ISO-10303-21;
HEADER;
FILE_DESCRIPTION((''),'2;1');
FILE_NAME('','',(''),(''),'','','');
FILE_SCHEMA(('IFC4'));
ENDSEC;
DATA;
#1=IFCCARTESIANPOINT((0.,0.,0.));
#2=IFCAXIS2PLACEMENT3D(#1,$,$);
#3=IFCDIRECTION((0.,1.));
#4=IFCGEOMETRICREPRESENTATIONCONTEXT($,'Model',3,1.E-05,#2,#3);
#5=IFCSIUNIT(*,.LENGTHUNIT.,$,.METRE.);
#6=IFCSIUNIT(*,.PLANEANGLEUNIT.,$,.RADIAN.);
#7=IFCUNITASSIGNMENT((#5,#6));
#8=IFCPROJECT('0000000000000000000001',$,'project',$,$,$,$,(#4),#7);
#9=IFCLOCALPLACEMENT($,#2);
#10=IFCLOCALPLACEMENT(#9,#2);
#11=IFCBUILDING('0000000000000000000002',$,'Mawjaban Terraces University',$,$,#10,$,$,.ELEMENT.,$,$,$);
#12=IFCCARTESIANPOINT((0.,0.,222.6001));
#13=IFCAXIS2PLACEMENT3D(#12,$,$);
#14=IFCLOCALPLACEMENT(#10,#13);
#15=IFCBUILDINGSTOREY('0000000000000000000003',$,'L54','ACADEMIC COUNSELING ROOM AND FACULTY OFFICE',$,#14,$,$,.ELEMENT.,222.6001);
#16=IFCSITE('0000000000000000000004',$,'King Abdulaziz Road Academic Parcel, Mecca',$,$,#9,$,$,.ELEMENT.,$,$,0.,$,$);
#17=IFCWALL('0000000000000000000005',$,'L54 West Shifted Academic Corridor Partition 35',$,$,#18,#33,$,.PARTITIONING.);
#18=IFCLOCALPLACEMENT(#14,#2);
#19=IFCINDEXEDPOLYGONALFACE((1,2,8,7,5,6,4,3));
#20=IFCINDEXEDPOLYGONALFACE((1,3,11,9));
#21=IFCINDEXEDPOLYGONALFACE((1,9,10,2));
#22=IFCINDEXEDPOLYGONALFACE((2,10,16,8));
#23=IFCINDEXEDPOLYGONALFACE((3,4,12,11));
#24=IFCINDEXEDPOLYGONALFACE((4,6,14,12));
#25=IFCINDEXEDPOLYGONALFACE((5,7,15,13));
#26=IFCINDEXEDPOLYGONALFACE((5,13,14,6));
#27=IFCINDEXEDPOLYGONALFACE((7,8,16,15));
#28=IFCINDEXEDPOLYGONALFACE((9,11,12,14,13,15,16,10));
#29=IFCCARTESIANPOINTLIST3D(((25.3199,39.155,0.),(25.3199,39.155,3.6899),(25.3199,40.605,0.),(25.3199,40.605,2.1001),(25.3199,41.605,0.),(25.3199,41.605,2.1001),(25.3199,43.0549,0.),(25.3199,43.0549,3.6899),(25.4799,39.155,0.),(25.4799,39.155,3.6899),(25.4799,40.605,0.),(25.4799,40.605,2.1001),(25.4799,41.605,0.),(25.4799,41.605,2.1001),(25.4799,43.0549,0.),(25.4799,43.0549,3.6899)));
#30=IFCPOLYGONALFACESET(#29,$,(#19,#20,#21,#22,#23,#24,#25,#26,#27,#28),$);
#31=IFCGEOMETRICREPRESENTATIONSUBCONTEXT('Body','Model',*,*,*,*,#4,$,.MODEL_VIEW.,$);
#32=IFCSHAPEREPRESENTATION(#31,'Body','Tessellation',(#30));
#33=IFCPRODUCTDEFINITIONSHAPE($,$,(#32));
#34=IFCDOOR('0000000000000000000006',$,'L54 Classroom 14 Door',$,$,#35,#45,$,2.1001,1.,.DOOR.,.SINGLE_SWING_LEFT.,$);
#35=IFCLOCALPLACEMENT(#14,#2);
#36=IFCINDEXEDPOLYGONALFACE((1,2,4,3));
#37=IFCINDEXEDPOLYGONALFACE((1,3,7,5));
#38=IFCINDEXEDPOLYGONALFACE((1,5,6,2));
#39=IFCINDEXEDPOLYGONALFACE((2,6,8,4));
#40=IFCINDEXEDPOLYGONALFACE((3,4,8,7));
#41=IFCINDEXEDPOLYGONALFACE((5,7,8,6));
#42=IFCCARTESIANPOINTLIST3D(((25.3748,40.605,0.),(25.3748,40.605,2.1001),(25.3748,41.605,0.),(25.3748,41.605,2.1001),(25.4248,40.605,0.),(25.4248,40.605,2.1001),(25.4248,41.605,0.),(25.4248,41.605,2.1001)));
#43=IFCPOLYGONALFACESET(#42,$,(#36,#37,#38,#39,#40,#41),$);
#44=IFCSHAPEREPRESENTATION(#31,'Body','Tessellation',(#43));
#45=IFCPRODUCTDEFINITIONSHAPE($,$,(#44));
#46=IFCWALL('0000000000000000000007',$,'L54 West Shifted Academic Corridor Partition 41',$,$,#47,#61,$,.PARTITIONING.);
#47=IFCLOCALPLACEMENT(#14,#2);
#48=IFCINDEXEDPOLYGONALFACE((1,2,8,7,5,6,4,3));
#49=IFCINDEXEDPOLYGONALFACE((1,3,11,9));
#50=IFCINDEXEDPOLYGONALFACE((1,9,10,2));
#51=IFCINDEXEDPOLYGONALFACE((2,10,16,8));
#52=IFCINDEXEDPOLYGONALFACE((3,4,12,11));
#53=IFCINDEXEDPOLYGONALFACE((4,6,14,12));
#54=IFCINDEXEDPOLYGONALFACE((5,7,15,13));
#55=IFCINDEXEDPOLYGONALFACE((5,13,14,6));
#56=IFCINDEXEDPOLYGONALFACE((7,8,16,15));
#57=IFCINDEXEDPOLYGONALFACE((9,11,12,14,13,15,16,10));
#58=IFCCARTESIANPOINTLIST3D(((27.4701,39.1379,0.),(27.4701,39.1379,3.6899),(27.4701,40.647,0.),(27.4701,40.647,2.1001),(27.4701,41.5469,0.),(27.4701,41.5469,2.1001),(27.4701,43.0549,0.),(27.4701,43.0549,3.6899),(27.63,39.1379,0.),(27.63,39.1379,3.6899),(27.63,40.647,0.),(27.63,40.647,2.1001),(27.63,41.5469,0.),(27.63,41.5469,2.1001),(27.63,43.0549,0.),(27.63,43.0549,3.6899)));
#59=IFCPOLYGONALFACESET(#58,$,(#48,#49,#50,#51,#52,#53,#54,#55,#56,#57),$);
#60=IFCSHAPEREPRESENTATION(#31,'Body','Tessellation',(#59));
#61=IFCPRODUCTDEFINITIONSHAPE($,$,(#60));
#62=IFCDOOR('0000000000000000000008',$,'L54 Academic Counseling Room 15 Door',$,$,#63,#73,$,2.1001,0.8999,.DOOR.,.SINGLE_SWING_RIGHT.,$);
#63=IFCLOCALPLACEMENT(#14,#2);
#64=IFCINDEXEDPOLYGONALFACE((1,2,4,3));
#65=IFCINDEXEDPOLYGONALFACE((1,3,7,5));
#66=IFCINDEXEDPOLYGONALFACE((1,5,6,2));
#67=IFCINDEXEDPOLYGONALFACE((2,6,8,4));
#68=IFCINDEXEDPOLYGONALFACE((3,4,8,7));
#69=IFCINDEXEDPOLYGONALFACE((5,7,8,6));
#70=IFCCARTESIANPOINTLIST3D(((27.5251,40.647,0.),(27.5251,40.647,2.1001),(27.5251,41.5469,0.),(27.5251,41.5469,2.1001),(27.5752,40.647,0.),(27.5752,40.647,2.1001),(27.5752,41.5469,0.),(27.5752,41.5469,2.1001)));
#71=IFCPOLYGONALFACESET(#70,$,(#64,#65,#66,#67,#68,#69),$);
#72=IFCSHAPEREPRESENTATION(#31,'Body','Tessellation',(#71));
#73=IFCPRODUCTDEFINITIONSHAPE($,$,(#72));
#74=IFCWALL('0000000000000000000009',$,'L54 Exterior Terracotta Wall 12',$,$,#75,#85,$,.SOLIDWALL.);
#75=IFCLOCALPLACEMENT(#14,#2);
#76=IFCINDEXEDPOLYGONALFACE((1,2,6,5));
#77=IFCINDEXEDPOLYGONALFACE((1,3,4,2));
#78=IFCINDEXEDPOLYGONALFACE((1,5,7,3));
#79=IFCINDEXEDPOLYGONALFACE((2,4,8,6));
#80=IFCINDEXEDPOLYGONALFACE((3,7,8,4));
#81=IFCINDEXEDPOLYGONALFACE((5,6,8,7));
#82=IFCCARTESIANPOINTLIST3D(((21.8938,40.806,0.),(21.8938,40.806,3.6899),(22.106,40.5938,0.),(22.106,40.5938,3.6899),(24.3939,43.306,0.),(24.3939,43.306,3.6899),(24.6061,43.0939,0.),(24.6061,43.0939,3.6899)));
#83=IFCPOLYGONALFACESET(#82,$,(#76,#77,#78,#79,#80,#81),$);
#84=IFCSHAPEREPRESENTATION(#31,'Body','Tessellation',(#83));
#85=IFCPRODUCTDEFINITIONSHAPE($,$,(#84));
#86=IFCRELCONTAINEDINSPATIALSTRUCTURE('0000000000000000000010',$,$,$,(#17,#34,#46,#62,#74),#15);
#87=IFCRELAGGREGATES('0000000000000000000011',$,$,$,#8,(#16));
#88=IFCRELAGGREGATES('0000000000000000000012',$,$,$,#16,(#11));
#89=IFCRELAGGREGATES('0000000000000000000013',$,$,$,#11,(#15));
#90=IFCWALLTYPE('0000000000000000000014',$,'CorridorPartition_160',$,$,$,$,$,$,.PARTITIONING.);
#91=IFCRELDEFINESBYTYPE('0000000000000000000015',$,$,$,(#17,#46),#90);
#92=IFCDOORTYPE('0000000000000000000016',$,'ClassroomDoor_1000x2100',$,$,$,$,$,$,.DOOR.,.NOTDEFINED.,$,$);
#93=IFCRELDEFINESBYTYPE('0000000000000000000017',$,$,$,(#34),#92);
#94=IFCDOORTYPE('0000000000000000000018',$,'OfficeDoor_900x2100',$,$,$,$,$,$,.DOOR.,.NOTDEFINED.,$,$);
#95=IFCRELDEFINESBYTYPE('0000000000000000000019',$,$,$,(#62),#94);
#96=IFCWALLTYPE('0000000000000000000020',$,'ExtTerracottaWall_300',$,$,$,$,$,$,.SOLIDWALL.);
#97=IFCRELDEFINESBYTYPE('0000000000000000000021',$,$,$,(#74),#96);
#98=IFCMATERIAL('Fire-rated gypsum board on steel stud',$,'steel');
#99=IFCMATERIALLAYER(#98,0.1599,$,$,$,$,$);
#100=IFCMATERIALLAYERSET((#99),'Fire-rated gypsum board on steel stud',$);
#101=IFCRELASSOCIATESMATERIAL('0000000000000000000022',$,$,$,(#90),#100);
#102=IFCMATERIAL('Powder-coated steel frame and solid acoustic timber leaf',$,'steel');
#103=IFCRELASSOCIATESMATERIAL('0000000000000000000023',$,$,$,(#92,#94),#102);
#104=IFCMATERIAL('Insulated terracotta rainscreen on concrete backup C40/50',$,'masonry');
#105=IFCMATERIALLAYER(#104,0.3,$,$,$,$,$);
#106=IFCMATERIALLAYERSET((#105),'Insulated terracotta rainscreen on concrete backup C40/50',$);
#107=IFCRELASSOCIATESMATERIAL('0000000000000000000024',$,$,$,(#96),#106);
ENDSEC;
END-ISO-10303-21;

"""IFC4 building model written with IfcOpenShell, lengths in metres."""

from ifc_helpers import new_model, si_unit, direction, frame, frame_2d, origin, place, context, subcontext, project, spatial, rectangle, extrude, material, layer, layer_set, type_object, element, fill, save


model = new_model("IFC4")

# Units and contexts
model_context = context("Model", 3, precision=1e-05, world=origin(), true_north=direction((0.0, 1.0)))
body_context = subcontext(model_context, "Body", "Model", "MODEL_VIEW")
ifc_project = project(units=[si_unit("LENGTHUNIT", "METRE"), si_unit("PLANEANGLEUNIT", "RADIAN")], contexts=[model_context])

# Site, building, storey
site_placement = place(None, origin())
site = spatial("IfcSite", under=ifc_project, at=site_placement, Name="King Abdulaziz Road Academic Parcel, Mecca", CompositionType="ELEMENT", RefElevation=0.0)
building_placement = place(site_placement, origin())
building = spatial("IfcBuilding", under=site, at=building_placement, Name="Mawjaban Terraces University", CompositionType="ELEMENT")
storey_placement = place(building_placement, frame((0.0, 0.0, 222.6001)))
storey = spatial("IfcBuildingStorey", under=building, at=storey_placement, Name="L54", Description="ACADEMIC COUNSELING ROOM AND FACULTY OFFICE", CompositionType="ELEMENT", Elevation=222.6001)

# Walls, openings, doors
ifc_material_1 = material(Name="Powder-coated steel frame and solid acoustic timber leaf", Category="steel")
ifc_material_2 = material(Name="Fire-rated gypsum board on steel stud", Category="steel")
ifc_layer_1 = layer(ifc_material_2, 0.1599)
ifc_layer_set_1 = layer_set([ifc_layer_1], Name="Fire-rated gypsum board on steel stud")
wall_type_1 = type_object("IfcWallType", Name="CorridorPartition_160", PredefinedType="PARTITIONING", material=ifc_layer_set_1)
wall_1_placement = place(storey_placement, frame((25.3999, 43.0549, 0.0), z_axis=(0.0, 0.0, 1.0), x_axis=(0.0, -1.0, 0.0)))
wall_1 = element("IfcWall", 1, at=wall_1_placement, inside=storey, type_object=wall_type_1, Name="L54 West Shifted Academic Corridor Partition 35", PredefinedType="PARTITIONING", context=body_context, shape_type="SweptSolid", body=[
    extrude(rectangle(XDim=3.8999, YDim=0.1599, at=frame_2d((1.95, 0.0))), origin(), (0.0, 0.0, 1.0), 3.6899),
])
opening_1_placement = place(wall_1_placement, frame((1.45, 0.0, 0.0)))
opening_1 = element("IfcOpeningElement", 2, at=opening_1_placement, cuts=wall_1, PredefinedType="OPENING", context=body_context, shape_type="SweptSolid", body=[
    extrude(rectangle(XDim=1.0, YDim=2.1001, at=frame_2d((0.5, 1.05))), frame((0.0, 0.0898, 0.0), z_axis=(0.0, -1.0, 0.0), x_axis=(1.0, 0.0, 0.0)), (0.0, 0.0, 1.0), 0.1799),
])
door_type_1 = type_object("IfcDoorType", Name="ClassroomDoor_1000x2100", OperationType="NOTDEFINED", PredefinedType="DOOR", material=ifc_material_1)
door_1_placement = place(opening_1_placement, origin())
door_1 = element("IfcDoor", 3, at=door_1_placement, inside=storey, type_object=door_type_1, Name="L54 Classroom 14 Door", OperationType="SINGLE_SWING_LEFT", OverallHeight=2.1001, OverallWidth=1.0, PredefinedType="DOOR", context=body_context, shape_type="SweptSolid", body=[
    extrude(rectangle(XDim=1.0, YDim=2.1001, at=frame_2d((0.5, 1.05))), frame((0.0, 0.0249, 0.0), z_axis=(0.0, -1.0, 0.0), x_axis=(1.0, 0.0, 0.0)), (0.0, 0.0, 1.0), 0.05),
])
fill(opening_1, door_1)
wall_2_placement = place(storey_placement, frame((27.55, 39.1379, 0.0), z_axis=(0.0, 0.0, 1.0), x_axis=(0.0, 1.0, 0.0)))
wall_2 = element("IfcWall", 4, at=wall_2_placement, inside=storey, type_object=wall_type_1, Name="L54 West Shifted Academic Corridor Partition 41", PredefinedType="PARTITIONING", context=body_context, shape_type="SweptSolid", body=[
    extrude(rectangle(XDim=3.917, YDim=0.1599, at=frame_2d((1.9585, 0.0))), origin(), (0.0, 0.0, 1.0), 3.6899),
])
opening_2_placement = place(wall_2_placement, frame((1.509, 0.0, 0.0)))
opening_2 = element("IfcOpeningElement", 5, at=opening_2_placement, cuts=wall_2, PredefinedType="OPENING", context=body_context, shape_type="SweptSolid", body=[
    extrude(rectangle(XDim=0.8999, YDim=2.1001, at=frame_2d((0.45, 1.05))), frame((0.0, 0.0898, 0.0), z_axis=(0.0, -1.0, 0.0), x_axis=(1.0, 0.0, 0.0)), (0.0, 0.0, 1.0), 0.1799),
])
door_type_2 = type_object("IfcDoorType", Name="OfficeDoor_900x2100", OperationType="NOTDEFINED", PredefinedType="DOOR", material=ifc_material_1)
door_2_placement = place(opening_2_placement, origin())
door_2 = element("IfcDoor", 6, at=door_2_placement, inside=storey, type_object=door_type_2, Name="L54 Academic Counseling Room 15 Door", OperationType="SINGLE_SWING_RIGHT", OverallHeight=2.1001, OverallWidth=0.8999, PredefinedType="DOOR", context=body_context, shape_type="SweptSolid", body=[
    extrude(rectangle(XDim=0.8999, YDim=2.1001, at=frame_2d((0.45, 1.05))), frame((0.0, 0.0249, 0.0), z_axis=(0.0, -1.0, 0.0), x_axis=(1.0, 0.0, 0.0)), (0.0, 0.0, 1.0), 0.05),
])
fill(opening_2, door_2)

# Wall
ifc_material_3 = material(Name="Insulated terracotta rainscreen on concrete backup C40/50", Category="masonry")
ifc_layer_2 = layer(ifc_material_3, 0.3)
ifc_layer_set_2 = layer_set([ifc_layer_2], Name="Insulated terracotta rainscreen on concrete backup C40/50")
wall_type_2 = type_object("IfcWallType", Name="ExtTerracottaWall_300", PredefinedType="SOLIDWALL", material=ifc_layer_set_2)
wall_3_placement = place(storey_placement, frame((24.5, 43.2, 0.0), z_axis=(0.0, 0.0, 1.0), x_axis=(-0.707107, -0.707107, 0.0)))
element("IfcWall", 7, at=wall_3_placement, inside=storey, type_object=wall_type_2, Name="L54 Exterior Terracotta Wall 12", PredefinedType="SOLIDWALL", context=body_context, shape_type="SweptSolid", body=[
    extrude(rectangle(XDim=3.5356, YDim=0.3, at=frame_2d((1.7678, 0.0))), origin(), (0.0, 0.0, 1.0), 3.6899),
])

save(model, "model.ifc")
